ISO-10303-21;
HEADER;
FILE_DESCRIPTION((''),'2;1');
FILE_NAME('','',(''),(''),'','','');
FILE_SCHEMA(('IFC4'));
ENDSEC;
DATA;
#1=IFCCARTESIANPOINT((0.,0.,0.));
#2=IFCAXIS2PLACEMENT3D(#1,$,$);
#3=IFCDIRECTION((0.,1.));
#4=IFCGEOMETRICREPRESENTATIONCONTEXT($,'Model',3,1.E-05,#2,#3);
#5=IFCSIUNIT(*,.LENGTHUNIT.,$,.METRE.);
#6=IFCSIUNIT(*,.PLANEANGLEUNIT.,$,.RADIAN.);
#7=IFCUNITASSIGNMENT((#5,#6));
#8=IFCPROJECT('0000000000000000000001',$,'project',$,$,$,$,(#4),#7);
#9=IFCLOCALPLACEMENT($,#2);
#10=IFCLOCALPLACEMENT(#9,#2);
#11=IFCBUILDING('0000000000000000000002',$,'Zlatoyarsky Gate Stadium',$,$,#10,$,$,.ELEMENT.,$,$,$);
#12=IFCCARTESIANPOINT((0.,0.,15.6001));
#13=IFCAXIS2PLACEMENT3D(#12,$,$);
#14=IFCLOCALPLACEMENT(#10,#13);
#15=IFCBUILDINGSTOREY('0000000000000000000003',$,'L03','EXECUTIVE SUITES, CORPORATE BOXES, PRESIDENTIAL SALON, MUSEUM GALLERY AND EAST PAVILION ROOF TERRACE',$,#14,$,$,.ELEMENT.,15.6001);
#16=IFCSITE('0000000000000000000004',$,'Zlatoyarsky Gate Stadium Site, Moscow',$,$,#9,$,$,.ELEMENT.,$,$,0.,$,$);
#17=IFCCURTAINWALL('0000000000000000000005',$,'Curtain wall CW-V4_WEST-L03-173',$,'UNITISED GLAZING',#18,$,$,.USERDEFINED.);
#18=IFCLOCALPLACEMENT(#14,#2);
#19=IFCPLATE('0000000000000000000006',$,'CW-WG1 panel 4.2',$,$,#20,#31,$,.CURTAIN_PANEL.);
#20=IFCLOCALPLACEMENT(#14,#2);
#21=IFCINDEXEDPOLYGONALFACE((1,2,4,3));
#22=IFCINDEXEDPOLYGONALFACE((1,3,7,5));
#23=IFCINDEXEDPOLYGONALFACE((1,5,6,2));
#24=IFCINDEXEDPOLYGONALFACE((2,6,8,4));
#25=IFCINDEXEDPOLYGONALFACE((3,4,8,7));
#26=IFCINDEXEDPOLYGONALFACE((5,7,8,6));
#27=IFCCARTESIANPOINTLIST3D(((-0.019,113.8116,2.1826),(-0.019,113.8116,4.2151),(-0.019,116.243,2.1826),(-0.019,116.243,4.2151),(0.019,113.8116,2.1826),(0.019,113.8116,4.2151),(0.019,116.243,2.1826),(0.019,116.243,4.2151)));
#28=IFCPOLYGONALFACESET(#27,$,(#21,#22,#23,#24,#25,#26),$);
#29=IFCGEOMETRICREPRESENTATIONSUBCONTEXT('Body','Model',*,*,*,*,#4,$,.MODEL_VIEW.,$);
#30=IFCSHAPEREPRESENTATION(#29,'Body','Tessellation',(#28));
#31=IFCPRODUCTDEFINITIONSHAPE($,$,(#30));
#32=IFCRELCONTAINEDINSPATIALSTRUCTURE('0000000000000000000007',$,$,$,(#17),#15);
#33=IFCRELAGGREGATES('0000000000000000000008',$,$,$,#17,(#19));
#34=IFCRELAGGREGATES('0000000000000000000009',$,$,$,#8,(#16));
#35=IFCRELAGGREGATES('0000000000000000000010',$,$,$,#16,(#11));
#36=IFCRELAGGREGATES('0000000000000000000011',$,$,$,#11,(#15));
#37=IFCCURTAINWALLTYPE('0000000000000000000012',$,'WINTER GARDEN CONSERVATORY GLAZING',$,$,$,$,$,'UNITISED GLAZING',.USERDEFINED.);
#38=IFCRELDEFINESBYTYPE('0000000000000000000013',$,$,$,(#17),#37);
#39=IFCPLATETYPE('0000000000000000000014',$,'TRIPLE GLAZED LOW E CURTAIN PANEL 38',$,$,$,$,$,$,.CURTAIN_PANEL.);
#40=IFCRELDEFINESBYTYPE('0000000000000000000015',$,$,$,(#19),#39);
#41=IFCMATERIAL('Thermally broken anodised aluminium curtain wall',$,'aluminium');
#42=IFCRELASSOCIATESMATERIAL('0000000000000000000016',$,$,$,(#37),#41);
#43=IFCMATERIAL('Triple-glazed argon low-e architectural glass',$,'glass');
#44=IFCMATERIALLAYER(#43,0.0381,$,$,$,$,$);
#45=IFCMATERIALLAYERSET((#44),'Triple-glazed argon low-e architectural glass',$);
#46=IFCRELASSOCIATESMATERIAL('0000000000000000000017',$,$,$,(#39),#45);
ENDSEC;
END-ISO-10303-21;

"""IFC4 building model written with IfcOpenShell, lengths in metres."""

from ifc_helpers import new_model, si_unit, direction, frame, origin, origin_2d, place, context, subcontext, project, spatial, rectangle, extrude, material, layer, layer_set, type_object, element, aggregate, save


model = new_model("IFC4")

# Units and contexts
model_context = context("Model", 3, precision=1e-05, world=origin(), true_north=direction((0.0, 1.0)))
body_context = subcontext(model_context, "Body", "Model", "MODEL_VIEW")
ifc_project = project(units=[si_unit("LENGTHUNIT", "METRE"), si_unit("PLANEANGLEUNIT", "RADIAN")], contexts=[model_context])

# Site, building, storey
site_placement = place(None, origin())
site = spatial("IfcSite", under=ifc_project, at=site_placement, Name="Zlatoyarsky Gate Stadium Site, Moscow", CompositionType="ELEMENT", RefElevation=0.0)
building_placement = place(site_placement, origin())
building = spatial("IfcBuilding", under=site, at=building_placement, Name="Zlatoyarsky Gate Stadium", CompositionType="ELEMENT")
storey_placement = place(building_placement, frame((0.0, 0.0, 15.6001)))
storey = spatial("IfcBuildingStorey", under=building, at=storey_placement, Name="L03", Description="EXECUTIVE SUITES, CORPORATE BOXES, PRESIDENTIAL SALON, MUSEUM GALLERY AND EAST PAVILION ROOF TERRACE", CompositionType="ELEMENT", Elevation=15.6001)

# Curtain wall
ifc_material_1 = material(Name="Thermally broken anodised aluminium curtain wall", Category="aluminium")
curtain_wall_type = type_object("IfcCurtainWallType", Name="WINTER GARDEN CONSERVATORY GLAZING", ElementType="UNITISED GLAZING", PredefinedType="USERDEFINED", material=ifc_material_1)
curtain_wall_placement = place(storey_placement, origin())
curtain_wall = element("IfcCurtainWall", 1, at=curtain_wall_placement, inside=storey, type_object=curtain_wall_type, Name="Curtain wall CW-V4_WEST-L03-173", ObjectType="UNITISED GLAZING", PredefinedType="USERDEFINED")

# Plate
ifc_material_2 = material(Name="Triple-glazed argon low-e architectural glass", Category="glass")
ifc_layer = layer(ifc_material_2, 0.0381)
ifc_layer_set = layer_set([ifc_layer], Name="Triple-glazed argon low-e architectural glass")
plate_type = type_object("IfcPlateType", Name="TRIPLE GLAZED LOW E CURTAIN PANEL 38", PredefinedType="CURTAIN_PANEL", material=ifc_layer_set)
plate_1_placement = place(storey_placement, frame((0.0, 115.0273, 2.1826), z_axis=(0.0, 0.0, 1.0), x_axis=(0.0, 1.0, 0.0)))
plate_1 = element("IfcPlate", 2, at=plate_1_placement, type_object=plate_type, Name="CW-WG1 panel 4.2", PredefinedType="CURTAIN_PANEL", context=body_context, shape_type="SweptSolid", body=[
    extrude(rectangle(XDim=2.4314, YDim=0.0381, at=origin_2d()), origin(), (0.0, 0.0, 1.0), 2.0325),
])
aggregate(curtain_wall, [plate_1])

save(model, "model.ifc")
